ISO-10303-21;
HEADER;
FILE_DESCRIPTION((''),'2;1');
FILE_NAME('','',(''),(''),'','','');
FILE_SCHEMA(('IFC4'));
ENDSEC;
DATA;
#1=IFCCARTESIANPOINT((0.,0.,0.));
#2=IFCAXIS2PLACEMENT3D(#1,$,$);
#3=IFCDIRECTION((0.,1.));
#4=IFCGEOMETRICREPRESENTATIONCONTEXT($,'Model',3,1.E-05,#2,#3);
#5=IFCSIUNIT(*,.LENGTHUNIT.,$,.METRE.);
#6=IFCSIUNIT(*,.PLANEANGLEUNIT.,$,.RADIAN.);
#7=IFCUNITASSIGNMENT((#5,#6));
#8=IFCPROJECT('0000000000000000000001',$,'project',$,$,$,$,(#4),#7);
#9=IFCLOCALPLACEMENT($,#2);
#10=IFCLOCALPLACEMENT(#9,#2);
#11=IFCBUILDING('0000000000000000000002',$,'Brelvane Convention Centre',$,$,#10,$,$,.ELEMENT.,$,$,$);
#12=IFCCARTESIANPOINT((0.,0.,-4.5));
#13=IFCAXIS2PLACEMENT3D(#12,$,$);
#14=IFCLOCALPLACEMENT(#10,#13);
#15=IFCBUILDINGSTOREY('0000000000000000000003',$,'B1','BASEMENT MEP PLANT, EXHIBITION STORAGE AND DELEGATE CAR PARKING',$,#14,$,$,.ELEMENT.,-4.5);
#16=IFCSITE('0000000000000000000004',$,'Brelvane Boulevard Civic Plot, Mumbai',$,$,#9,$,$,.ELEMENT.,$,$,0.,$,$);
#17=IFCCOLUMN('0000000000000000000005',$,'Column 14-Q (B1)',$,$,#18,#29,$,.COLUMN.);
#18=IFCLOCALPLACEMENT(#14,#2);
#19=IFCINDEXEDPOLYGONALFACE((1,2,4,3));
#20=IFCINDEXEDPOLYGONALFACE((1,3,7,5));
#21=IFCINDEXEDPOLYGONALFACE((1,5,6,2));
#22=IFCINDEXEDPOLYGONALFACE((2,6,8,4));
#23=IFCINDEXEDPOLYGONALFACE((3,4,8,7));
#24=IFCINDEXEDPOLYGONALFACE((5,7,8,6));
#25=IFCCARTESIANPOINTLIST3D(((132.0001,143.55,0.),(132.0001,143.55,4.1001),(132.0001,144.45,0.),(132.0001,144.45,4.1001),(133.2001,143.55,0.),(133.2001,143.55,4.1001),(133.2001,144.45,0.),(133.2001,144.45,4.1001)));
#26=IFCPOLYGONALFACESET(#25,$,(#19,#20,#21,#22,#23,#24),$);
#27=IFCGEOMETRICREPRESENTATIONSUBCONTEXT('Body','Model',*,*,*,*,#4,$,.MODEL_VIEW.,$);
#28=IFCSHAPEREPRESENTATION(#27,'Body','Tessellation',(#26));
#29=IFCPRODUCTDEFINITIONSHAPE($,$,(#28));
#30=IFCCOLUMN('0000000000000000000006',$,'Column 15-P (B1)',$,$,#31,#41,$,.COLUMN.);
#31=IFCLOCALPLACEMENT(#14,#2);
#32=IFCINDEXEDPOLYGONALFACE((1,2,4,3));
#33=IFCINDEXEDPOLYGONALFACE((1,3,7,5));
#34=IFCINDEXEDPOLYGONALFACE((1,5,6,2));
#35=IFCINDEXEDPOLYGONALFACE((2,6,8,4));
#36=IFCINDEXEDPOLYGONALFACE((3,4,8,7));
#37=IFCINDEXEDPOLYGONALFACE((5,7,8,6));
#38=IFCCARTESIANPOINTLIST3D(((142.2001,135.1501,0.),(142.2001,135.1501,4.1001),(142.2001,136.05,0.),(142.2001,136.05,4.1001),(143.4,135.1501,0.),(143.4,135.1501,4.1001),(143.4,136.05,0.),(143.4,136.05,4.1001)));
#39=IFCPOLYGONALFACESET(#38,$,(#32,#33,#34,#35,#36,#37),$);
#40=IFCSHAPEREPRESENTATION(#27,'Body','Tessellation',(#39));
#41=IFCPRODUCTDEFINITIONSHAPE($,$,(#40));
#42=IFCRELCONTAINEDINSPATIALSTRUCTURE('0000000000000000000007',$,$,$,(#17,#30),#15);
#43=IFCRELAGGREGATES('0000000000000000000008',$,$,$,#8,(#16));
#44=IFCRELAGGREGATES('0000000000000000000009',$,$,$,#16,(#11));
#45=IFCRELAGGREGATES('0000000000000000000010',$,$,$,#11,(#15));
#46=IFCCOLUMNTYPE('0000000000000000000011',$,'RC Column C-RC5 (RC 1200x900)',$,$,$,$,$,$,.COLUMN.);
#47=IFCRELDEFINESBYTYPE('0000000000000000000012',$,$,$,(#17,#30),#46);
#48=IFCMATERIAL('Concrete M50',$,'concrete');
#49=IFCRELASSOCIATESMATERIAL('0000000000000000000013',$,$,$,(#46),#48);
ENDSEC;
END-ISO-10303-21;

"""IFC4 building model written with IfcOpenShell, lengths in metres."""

from ifc_helpers import new_model, si_unit, direction, frame, origin, origin_2d, place, context, subcontext, project, spatial, rectangle, extrude, material, material_profile, profile_set, type_object, element, save


model = new_model("IFC4")

# Units and contexts
model_context = context("Model", 3, precision=1e-05, world=origin(), true_north=direction((0.0, 1.0)))
body_context = subcontext(model_context, "Body", "Model", "MODEL_VIEW")
ifc_project = project(units=[si_unit("LENGTHUNIT", "METRE"), si_unit("PLANEANGLEUNIT", "RADIAN")], contexts=[model_context])

# Site, building, storey
site_placement = place(None, origin())
site = spatial("IfcSite", under=ifc_project, at=site_placement, Name="Brelvane Boulevard Civic Plot, Mumbai", CompositionType="ELEMENT", RefElevation=0.0)
building_placement = place(site_placement, origin())
building = spatial("IfcBuilding", under=site, at=building_placement, Name="Brelvane Convention Centre", CompositionType="ELEMENT")
storey_placement = place(building_placement, frame((0.0, 0.0, -4.5)))
storey = spatial("IfcBuildingStorey", under=building, at=storey_placement, Name="B1", Description="BASEMENT MEP PLANT, EXHIBITION STORAGE AND DELEGATE CAR PARKING", CompositionType="ELEMENT", Elevation=-4.5)

# Columns
ifc_material_1 = material(Name="Concrete M50", Category="concrete")
ifc_material_profile_1 = material_profile(ifc_material_1, rectangle(XDim=1.2, YDim=0.8999, at=origin_2d()), Name="RC 1200x900")
ifc_profile_set_1 = profile_set([ifc_material_profile_1], Name="Concrete M50")
column_type_1 = type_object("IfcColumnType", Name="RC Column C-RC5 (RC 1200x900)", PredefinedType="COLUMN", material=ifc_profile_set_1)
for number, where, z_axis, x_axis, name in (
    (1, (132.6001, 144.0, 0.0), (0.0, 0.0, 1.0), (1.0, 0.0, 0.0), "Column 14-Q (B1)"),
    (2, (142.8, 135.6001, 0.0), (0.0, 0.0, 1.0), (1.0, 0.0, 0.0), "Column 15-P (B1)"),
):
    element("IfcColumn", number, at=place(storey_placement, frame(where, z_axis=z_axis, x_axis=x_axis)), inside=storey, type_object=column_type_1, Name=name, PredefinedType="COLUMN", context=body_context, shape_type="SweptSolid", body=[
        extrude(rectangle(XDim=1.2, YDim=0.8999, at=origin_2d()), origin(), (0.0, 0.0, 1.0), 4.1001),
    ])

save(model, "model.ifc")
